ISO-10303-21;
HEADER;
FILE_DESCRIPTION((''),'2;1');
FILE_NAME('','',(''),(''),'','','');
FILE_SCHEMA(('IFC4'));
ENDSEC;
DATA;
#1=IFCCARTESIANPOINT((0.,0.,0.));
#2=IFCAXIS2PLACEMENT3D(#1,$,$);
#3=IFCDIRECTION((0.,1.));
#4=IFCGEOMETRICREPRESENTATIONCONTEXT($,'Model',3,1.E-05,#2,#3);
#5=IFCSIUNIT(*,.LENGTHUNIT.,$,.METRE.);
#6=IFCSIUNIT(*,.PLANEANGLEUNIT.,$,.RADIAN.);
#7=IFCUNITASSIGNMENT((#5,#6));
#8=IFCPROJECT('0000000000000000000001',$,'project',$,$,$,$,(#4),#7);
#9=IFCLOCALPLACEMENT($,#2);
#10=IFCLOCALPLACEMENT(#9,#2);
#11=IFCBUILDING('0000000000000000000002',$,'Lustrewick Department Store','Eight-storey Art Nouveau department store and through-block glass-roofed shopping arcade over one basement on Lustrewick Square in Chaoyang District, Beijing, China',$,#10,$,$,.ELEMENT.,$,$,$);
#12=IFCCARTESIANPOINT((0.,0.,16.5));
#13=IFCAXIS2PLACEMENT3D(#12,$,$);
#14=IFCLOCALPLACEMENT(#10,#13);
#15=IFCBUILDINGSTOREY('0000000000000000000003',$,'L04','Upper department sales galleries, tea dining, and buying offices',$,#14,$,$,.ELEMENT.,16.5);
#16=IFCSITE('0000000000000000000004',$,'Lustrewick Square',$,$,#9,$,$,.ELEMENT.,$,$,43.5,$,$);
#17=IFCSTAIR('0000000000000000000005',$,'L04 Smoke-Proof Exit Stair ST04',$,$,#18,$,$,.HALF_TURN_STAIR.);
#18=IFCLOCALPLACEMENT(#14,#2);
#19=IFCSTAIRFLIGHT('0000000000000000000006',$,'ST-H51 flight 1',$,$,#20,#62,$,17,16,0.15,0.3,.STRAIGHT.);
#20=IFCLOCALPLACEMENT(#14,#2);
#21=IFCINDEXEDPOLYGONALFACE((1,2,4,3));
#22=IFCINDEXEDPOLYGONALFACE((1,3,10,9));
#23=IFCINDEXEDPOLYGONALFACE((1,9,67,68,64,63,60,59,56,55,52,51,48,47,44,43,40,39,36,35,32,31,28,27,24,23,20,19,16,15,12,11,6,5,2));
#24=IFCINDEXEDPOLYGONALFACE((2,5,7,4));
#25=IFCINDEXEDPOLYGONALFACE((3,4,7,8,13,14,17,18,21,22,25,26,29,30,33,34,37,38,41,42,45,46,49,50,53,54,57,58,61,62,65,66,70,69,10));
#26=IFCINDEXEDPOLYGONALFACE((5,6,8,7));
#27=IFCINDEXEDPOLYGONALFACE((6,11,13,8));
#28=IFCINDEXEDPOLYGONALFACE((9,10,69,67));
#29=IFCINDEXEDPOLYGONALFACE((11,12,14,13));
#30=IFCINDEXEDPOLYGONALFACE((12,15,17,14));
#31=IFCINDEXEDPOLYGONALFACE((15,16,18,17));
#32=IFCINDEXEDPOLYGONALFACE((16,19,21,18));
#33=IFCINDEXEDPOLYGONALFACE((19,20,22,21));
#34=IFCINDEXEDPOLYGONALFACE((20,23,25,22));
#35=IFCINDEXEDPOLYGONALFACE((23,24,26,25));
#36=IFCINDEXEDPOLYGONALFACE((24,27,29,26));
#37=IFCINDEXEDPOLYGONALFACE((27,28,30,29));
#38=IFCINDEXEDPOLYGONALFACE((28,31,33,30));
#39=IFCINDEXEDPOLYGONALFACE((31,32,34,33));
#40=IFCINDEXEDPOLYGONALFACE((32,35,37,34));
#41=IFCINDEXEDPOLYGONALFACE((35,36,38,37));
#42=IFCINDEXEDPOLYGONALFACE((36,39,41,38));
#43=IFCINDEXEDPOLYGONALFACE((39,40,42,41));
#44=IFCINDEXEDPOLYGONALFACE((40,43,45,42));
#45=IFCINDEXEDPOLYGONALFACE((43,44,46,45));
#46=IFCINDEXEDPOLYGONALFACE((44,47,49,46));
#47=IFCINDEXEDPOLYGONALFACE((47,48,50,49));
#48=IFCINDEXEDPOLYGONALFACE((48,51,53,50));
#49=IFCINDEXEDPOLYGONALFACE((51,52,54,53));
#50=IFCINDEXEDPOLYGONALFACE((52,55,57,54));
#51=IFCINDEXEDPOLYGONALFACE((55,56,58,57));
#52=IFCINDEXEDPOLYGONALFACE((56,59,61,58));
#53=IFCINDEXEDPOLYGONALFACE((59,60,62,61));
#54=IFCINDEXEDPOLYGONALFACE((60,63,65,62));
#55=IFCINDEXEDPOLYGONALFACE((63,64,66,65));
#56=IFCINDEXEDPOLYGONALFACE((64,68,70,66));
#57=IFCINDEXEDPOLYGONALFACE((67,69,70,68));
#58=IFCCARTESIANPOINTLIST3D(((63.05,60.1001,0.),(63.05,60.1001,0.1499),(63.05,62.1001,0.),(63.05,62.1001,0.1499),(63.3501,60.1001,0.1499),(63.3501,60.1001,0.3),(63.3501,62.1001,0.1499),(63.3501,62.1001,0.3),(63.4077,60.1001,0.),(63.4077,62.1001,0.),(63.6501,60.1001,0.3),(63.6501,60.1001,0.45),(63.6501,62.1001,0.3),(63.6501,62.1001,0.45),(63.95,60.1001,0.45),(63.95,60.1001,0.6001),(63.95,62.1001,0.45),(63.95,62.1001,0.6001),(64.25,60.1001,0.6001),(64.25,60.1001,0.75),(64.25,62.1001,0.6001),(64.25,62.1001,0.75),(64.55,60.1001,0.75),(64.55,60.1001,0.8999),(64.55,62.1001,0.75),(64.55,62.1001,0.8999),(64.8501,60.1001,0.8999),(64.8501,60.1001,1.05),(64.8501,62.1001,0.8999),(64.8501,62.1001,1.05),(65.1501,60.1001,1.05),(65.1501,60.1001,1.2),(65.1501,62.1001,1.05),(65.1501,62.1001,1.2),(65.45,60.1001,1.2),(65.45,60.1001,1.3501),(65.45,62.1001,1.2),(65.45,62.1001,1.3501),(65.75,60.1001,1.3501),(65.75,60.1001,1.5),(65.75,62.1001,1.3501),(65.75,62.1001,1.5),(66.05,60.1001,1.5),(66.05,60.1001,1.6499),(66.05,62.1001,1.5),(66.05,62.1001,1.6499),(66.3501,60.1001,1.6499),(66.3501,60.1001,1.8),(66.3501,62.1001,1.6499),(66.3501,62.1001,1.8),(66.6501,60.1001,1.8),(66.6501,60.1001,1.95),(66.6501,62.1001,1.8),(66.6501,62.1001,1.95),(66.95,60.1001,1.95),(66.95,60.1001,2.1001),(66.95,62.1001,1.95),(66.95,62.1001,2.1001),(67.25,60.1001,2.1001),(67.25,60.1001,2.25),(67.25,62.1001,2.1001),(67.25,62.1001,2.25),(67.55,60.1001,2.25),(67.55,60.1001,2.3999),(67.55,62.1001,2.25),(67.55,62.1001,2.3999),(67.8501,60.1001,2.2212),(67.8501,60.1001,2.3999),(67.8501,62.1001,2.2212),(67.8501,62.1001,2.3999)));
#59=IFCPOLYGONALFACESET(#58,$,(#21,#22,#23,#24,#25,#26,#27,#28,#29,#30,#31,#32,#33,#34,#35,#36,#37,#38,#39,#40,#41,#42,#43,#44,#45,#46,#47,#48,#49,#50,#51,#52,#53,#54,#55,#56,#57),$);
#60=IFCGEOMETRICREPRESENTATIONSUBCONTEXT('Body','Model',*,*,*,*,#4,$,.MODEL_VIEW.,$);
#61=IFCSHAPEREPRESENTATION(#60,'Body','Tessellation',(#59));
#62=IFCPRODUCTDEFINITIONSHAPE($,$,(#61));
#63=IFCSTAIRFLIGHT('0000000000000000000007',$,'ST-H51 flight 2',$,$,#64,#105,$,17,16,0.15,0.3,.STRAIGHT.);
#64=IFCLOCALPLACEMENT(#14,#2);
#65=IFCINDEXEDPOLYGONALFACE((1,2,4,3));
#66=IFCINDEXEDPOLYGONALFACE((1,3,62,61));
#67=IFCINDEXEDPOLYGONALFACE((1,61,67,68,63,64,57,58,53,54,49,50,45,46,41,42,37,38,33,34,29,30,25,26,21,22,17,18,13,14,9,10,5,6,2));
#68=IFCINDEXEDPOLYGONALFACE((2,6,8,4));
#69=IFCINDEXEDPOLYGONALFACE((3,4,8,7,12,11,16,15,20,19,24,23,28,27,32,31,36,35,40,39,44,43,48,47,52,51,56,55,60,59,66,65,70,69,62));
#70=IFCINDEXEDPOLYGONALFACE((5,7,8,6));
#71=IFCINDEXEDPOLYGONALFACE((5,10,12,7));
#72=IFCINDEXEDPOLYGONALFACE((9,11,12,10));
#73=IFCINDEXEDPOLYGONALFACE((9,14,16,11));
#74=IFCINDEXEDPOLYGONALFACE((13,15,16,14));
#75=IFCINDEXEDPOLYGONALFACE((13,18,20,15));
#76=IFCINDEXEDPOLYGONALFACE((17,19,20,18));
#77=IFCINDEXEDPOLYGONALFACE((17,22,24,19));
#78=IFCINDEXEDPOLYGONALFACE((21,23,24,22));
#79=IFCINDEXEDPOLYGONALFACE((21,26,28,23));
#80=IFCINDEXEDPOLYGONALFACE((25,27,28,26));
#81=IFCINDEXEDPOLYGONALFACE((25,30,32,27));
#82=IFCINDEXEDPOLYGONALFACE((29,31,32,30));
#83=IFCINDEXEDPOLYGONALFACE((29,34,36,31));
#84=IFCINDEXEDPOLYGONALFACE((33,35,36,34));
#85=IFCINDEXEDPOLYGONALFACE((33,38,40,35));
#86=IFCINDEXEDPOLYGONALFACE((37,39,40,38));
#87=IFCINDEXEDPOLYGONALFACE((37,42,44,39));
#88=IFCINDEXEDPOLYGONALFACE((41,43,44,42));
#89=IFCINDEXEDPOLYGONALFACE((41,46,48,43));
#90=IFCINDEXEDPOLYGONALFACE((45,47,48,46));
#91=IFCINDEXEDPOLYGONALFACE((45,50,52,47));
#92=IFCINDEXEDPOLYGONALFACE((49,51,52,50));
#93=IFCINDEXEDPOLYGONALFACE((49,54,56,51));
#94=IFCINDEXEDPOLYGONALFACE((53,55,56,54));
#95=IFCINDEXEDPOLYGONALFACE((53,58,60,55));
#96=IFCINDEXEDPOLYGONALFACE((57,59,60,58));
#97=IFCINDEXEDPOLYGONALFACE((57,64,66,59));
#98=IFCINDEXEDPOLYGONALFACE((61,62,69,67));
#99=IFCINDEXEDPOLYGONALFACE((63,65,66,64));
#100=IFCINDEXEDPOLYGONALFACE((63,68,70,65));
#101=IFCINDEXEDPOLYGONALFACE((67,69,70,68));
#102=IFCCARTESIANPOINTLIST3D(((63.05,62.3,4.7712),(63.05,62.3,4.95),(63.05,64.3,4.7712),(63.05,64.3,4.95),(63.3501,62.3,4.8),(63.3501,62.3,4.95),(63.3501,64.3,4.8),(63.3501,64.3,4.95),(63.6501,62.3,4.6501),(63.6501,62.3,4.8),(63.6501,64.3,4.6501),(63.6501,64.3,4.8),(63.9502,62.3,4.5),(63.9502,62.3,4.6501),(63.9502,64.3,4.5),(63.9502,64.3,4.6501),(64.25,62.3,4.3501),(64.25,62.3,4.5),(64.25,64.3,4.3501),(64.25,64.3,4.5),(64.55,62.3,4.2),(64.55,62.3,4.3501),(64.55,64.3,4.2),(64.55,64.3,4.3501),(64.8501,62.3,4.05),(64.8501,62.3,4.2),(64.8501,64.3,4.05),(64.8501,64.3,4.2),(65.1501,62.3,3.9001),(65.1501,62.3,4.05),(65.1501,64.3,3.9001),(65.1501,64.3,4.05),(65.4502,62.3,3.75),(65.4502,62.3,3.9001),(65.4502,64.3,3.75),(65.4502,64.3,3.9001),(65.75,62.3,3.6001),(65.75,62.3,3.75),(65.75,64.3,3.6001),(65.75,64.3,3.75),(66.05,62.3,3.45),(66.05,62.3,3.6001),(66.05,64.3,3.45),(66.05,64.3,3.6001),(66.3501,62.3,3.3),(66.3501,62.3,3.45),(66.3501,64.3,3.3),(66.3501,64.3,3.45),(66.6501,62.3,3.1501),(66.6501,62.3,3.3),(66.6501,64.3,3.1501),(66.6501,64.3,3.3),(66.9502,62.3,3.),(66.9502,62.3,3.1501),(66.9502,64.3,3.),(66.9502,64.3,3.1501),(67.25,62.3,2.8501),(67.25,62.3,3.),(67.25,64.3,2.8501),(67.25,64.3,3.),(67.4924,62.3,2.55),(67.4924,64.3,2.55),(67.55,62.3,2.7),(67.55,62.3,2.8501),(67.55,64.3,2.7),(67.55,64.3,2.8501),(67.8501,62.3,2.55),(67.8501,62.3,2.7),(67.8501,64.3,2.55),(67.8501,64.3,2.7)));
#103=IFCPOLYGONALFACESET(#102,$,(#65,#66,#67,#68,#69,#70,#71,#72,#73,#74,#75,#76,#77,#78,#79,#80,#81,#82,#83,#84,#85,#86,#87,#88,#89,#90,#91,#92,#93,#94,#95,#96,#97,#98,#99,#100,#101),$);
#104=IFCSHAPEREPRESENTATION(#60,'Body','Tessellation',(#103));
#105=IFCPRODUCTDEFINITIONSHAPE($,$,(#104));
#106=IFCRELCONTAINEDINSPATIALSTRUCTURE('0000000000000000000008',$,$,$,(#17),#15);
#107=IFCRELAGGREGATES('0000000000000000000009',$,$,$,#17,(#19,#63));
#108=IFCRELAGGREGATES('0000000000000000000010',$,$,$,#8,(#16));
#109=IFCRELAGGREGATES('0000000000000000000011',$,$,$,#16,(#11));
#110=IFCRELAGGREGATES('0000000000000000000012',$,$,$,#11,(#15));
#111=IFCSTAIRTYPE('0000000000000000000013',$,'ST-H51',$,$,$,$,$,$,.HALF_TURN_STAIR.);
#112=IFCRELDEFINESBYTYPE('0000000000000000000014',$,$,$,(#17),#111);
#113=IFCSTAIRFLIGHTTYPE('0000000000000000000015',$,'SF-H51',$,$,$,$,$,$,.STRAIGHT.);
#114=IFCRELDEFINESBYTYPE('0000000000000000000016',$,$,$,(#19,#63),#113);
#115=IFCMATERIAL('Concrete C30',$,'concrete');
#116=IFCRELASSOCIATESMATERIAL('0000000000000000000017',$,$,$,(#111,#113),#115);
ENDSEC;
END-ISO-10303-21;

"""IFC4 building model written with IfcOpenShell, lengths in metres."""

from ifc_helpers import new_model, si_unit, direction, frame, origin, place, context, subcontext, project, spatial, polyline, outline, extrude, material, type_object, element, aggregate, save


model = new_model("IFC4")

# Units and contexts
model_context = context("Model", 3, precision=1e-05, world=origin(), true_north=direction((0.0, 1.0)))
body_context = subcontext(model_context, "Body", "Model", "MODEL_VIEW")
ifc_project = project(units=[si_unit("LENGTHUNIT", "METRE"), si_unit("PLANEANGLEUNIT", "RADIAN")], contexts=[model_context])

# Site, building, storey
site_placement = place(None, origin())
site = spatial("IfcSite", under=ifc_project, at=site_placement, Name="Lustrewick Square", CompositionType="ELEMENT", RefElevation=43.5)
building_placement = place(site_placement, origin())
building = spatial("IfcBuilding", under=site, at=building_placement, Name="Lustrewick Department Store", Description="Eight-storey Art Nouveau department store and through-block glass-roofed shopping arcade over one basement on Lustrewick Square in Chaoyang District, Beijing, China", CompositionType="ELEMENT")
storey_placement = place(building_placement, frame((0.0, 0.0, 16.5)))
storey = spatial("IfcBuildingStorey", under=building, at=storey_placement, Name="L04", Description="Upper department sales galleries, tea dining, and buying offices", CompositionType="ELEMENT", Elevation=16.5)

# Stair, stair flights
ifc_material_1 = material(Name="Concrete C30", Category="concrete")
stair_type = type_object("IfcStairType", Name="ST-H51", PredefinedType="HALF_TURN_STAIR", material=ifc_material_1)
stair_placement = place(storey_placement, origin())
stair = element("IfcStair", 1, at=stair_placement, inside=storey, type_object=stair_type, Name="L04 Smoke-Proof Exit Stair ST04", PredefinedType="HALF_TURN_STAIR")
stair_flight_type = type_object("IfcStairFlightType", Name="SF-H51", PredefinedType="STRAIGHT", material=ifc_material_1)
stair_flight_1_placement = place(storey_placement, frame((63.05, 61.1001, 0.0), z_axis=(0.0, 0.0, 1.0), x_axis=(1.0, 0.0, 0.0)))
stair_flight_1 = element("IfcStairFlight", 2, at=stair_flight_1_placement, type_object=stair_flight_type, Name="ST-H51 flight 1", NumberOfRisers=17, NumberOfTreads=16, PredefinedType="STRAIGHT", RiserHeight=0.15, TreadLength=0.3, context=body_context, shape_type="SweptSolid", body=[
    extrude(outline(polyline([(0.0, 0.0), (0.0, 0.1499), (0.3, 0.1499), (0.3, 0.3), (0.6001, 0.3), (0.6001, 0.45), (0.8999, 0.45), (0.8999, 0.6001), (1.2, 0.6001), (1.2, 0.75), (1.5, 0.75), (1.5, 0.8999), (1.8, 0.8999), (1.8, 1.05), (2.1001, 1.05), (2.1001, 1.2), (2.3999, 1.2), (2.3999, 1.3501), (2.7, 1.3501), (2.7, 1.5), (3.0, 1.5), (3.0, 1.6499), (3.3, 1.6499), (3.3, 1.8), (3.6001, 1.8), (3.6001, 1.95), (3.8999, 1.95), (3.8999, 2.1001), (4.2, 2.1001), (4.2, 2.25), (4.5, 2.25), (4.5, 2.3999), (4.8, 2.3999), (4.8, 2.55), (4.8, 2.2212), (0.3577, 0.0), (0.0, 0.0)])), frame((0.0, 1.0, 0.0), z_axis=(0.0, -1.0, 0.0), x_axis=(1.0, 0.0, 0.0)), (0.0, 0.0, 1.0), 2.0),
])
stair_flight_2_placement = place(storey_placement, frame((67.8501, 63.3, 2.55), z_axis=(0.0, 0.0, 1.0), x_axis=(-1.0, 0.0, 0.0)))
stair_flight_2 = element("IfcStairFlight", 3, at=stair_flight_2_placement, type_object=stair_flight_type, Name="ST-H51 flight 2", NumberOfRisers=17, NumberOfTreads=16, PredefinedType="STRAIGHT", RiserHeight=0.15, TreadLength=0.3, context=body_context, shape_type="SweptSolid", body=[
    extrude(outline(polyline([(0.0, 0.0), (0.0, 0.1499), (0.3, 0.1499), (0.3, 0.3), (0.6001, 0.3), (0.6001, 0.45), (0.8999, 0.45), (0.8999, 0.6001), (1.2, 0.6001), (1.2, 0.75), (1.5, 0.75), (1.5, 0.8999), (1.8, 0.8999), (1.8, 1.05), (2.1001, 1.05), (2.1001, 1.2), (2.3999, 1.2), (2.3999, 1.3501), (2.7, 1.3501), (2.7, 1.5), (3.0, 1.5), (3.0, 1.6499), (3.3, 1.6499), (3.3, 1.8), (3.6001, 1.8), (3.6001, 1.95), (3.8999, 1.95), (3.8999, 2.1001), (4.2, 2.1001), (4.2, 2.25), (4.5, 2.25), (4.5, 2.3999), (4.8, 2.3999), (4.8, 2.55), (4.8, 2.2212), (0.3577, 0.0), (0.0, 0.0)])), frame((0.0, 1.0, 0.0), z_axis=(0.0, -1.0, 0.0), x_axis=(1.0, 0.0, 0.0)), (0.0, 0.0, 1.0), 2.0),
])
aggregate(stair, [stair_flight_1, stair_flight_2])

save(model, "model.ifc")
